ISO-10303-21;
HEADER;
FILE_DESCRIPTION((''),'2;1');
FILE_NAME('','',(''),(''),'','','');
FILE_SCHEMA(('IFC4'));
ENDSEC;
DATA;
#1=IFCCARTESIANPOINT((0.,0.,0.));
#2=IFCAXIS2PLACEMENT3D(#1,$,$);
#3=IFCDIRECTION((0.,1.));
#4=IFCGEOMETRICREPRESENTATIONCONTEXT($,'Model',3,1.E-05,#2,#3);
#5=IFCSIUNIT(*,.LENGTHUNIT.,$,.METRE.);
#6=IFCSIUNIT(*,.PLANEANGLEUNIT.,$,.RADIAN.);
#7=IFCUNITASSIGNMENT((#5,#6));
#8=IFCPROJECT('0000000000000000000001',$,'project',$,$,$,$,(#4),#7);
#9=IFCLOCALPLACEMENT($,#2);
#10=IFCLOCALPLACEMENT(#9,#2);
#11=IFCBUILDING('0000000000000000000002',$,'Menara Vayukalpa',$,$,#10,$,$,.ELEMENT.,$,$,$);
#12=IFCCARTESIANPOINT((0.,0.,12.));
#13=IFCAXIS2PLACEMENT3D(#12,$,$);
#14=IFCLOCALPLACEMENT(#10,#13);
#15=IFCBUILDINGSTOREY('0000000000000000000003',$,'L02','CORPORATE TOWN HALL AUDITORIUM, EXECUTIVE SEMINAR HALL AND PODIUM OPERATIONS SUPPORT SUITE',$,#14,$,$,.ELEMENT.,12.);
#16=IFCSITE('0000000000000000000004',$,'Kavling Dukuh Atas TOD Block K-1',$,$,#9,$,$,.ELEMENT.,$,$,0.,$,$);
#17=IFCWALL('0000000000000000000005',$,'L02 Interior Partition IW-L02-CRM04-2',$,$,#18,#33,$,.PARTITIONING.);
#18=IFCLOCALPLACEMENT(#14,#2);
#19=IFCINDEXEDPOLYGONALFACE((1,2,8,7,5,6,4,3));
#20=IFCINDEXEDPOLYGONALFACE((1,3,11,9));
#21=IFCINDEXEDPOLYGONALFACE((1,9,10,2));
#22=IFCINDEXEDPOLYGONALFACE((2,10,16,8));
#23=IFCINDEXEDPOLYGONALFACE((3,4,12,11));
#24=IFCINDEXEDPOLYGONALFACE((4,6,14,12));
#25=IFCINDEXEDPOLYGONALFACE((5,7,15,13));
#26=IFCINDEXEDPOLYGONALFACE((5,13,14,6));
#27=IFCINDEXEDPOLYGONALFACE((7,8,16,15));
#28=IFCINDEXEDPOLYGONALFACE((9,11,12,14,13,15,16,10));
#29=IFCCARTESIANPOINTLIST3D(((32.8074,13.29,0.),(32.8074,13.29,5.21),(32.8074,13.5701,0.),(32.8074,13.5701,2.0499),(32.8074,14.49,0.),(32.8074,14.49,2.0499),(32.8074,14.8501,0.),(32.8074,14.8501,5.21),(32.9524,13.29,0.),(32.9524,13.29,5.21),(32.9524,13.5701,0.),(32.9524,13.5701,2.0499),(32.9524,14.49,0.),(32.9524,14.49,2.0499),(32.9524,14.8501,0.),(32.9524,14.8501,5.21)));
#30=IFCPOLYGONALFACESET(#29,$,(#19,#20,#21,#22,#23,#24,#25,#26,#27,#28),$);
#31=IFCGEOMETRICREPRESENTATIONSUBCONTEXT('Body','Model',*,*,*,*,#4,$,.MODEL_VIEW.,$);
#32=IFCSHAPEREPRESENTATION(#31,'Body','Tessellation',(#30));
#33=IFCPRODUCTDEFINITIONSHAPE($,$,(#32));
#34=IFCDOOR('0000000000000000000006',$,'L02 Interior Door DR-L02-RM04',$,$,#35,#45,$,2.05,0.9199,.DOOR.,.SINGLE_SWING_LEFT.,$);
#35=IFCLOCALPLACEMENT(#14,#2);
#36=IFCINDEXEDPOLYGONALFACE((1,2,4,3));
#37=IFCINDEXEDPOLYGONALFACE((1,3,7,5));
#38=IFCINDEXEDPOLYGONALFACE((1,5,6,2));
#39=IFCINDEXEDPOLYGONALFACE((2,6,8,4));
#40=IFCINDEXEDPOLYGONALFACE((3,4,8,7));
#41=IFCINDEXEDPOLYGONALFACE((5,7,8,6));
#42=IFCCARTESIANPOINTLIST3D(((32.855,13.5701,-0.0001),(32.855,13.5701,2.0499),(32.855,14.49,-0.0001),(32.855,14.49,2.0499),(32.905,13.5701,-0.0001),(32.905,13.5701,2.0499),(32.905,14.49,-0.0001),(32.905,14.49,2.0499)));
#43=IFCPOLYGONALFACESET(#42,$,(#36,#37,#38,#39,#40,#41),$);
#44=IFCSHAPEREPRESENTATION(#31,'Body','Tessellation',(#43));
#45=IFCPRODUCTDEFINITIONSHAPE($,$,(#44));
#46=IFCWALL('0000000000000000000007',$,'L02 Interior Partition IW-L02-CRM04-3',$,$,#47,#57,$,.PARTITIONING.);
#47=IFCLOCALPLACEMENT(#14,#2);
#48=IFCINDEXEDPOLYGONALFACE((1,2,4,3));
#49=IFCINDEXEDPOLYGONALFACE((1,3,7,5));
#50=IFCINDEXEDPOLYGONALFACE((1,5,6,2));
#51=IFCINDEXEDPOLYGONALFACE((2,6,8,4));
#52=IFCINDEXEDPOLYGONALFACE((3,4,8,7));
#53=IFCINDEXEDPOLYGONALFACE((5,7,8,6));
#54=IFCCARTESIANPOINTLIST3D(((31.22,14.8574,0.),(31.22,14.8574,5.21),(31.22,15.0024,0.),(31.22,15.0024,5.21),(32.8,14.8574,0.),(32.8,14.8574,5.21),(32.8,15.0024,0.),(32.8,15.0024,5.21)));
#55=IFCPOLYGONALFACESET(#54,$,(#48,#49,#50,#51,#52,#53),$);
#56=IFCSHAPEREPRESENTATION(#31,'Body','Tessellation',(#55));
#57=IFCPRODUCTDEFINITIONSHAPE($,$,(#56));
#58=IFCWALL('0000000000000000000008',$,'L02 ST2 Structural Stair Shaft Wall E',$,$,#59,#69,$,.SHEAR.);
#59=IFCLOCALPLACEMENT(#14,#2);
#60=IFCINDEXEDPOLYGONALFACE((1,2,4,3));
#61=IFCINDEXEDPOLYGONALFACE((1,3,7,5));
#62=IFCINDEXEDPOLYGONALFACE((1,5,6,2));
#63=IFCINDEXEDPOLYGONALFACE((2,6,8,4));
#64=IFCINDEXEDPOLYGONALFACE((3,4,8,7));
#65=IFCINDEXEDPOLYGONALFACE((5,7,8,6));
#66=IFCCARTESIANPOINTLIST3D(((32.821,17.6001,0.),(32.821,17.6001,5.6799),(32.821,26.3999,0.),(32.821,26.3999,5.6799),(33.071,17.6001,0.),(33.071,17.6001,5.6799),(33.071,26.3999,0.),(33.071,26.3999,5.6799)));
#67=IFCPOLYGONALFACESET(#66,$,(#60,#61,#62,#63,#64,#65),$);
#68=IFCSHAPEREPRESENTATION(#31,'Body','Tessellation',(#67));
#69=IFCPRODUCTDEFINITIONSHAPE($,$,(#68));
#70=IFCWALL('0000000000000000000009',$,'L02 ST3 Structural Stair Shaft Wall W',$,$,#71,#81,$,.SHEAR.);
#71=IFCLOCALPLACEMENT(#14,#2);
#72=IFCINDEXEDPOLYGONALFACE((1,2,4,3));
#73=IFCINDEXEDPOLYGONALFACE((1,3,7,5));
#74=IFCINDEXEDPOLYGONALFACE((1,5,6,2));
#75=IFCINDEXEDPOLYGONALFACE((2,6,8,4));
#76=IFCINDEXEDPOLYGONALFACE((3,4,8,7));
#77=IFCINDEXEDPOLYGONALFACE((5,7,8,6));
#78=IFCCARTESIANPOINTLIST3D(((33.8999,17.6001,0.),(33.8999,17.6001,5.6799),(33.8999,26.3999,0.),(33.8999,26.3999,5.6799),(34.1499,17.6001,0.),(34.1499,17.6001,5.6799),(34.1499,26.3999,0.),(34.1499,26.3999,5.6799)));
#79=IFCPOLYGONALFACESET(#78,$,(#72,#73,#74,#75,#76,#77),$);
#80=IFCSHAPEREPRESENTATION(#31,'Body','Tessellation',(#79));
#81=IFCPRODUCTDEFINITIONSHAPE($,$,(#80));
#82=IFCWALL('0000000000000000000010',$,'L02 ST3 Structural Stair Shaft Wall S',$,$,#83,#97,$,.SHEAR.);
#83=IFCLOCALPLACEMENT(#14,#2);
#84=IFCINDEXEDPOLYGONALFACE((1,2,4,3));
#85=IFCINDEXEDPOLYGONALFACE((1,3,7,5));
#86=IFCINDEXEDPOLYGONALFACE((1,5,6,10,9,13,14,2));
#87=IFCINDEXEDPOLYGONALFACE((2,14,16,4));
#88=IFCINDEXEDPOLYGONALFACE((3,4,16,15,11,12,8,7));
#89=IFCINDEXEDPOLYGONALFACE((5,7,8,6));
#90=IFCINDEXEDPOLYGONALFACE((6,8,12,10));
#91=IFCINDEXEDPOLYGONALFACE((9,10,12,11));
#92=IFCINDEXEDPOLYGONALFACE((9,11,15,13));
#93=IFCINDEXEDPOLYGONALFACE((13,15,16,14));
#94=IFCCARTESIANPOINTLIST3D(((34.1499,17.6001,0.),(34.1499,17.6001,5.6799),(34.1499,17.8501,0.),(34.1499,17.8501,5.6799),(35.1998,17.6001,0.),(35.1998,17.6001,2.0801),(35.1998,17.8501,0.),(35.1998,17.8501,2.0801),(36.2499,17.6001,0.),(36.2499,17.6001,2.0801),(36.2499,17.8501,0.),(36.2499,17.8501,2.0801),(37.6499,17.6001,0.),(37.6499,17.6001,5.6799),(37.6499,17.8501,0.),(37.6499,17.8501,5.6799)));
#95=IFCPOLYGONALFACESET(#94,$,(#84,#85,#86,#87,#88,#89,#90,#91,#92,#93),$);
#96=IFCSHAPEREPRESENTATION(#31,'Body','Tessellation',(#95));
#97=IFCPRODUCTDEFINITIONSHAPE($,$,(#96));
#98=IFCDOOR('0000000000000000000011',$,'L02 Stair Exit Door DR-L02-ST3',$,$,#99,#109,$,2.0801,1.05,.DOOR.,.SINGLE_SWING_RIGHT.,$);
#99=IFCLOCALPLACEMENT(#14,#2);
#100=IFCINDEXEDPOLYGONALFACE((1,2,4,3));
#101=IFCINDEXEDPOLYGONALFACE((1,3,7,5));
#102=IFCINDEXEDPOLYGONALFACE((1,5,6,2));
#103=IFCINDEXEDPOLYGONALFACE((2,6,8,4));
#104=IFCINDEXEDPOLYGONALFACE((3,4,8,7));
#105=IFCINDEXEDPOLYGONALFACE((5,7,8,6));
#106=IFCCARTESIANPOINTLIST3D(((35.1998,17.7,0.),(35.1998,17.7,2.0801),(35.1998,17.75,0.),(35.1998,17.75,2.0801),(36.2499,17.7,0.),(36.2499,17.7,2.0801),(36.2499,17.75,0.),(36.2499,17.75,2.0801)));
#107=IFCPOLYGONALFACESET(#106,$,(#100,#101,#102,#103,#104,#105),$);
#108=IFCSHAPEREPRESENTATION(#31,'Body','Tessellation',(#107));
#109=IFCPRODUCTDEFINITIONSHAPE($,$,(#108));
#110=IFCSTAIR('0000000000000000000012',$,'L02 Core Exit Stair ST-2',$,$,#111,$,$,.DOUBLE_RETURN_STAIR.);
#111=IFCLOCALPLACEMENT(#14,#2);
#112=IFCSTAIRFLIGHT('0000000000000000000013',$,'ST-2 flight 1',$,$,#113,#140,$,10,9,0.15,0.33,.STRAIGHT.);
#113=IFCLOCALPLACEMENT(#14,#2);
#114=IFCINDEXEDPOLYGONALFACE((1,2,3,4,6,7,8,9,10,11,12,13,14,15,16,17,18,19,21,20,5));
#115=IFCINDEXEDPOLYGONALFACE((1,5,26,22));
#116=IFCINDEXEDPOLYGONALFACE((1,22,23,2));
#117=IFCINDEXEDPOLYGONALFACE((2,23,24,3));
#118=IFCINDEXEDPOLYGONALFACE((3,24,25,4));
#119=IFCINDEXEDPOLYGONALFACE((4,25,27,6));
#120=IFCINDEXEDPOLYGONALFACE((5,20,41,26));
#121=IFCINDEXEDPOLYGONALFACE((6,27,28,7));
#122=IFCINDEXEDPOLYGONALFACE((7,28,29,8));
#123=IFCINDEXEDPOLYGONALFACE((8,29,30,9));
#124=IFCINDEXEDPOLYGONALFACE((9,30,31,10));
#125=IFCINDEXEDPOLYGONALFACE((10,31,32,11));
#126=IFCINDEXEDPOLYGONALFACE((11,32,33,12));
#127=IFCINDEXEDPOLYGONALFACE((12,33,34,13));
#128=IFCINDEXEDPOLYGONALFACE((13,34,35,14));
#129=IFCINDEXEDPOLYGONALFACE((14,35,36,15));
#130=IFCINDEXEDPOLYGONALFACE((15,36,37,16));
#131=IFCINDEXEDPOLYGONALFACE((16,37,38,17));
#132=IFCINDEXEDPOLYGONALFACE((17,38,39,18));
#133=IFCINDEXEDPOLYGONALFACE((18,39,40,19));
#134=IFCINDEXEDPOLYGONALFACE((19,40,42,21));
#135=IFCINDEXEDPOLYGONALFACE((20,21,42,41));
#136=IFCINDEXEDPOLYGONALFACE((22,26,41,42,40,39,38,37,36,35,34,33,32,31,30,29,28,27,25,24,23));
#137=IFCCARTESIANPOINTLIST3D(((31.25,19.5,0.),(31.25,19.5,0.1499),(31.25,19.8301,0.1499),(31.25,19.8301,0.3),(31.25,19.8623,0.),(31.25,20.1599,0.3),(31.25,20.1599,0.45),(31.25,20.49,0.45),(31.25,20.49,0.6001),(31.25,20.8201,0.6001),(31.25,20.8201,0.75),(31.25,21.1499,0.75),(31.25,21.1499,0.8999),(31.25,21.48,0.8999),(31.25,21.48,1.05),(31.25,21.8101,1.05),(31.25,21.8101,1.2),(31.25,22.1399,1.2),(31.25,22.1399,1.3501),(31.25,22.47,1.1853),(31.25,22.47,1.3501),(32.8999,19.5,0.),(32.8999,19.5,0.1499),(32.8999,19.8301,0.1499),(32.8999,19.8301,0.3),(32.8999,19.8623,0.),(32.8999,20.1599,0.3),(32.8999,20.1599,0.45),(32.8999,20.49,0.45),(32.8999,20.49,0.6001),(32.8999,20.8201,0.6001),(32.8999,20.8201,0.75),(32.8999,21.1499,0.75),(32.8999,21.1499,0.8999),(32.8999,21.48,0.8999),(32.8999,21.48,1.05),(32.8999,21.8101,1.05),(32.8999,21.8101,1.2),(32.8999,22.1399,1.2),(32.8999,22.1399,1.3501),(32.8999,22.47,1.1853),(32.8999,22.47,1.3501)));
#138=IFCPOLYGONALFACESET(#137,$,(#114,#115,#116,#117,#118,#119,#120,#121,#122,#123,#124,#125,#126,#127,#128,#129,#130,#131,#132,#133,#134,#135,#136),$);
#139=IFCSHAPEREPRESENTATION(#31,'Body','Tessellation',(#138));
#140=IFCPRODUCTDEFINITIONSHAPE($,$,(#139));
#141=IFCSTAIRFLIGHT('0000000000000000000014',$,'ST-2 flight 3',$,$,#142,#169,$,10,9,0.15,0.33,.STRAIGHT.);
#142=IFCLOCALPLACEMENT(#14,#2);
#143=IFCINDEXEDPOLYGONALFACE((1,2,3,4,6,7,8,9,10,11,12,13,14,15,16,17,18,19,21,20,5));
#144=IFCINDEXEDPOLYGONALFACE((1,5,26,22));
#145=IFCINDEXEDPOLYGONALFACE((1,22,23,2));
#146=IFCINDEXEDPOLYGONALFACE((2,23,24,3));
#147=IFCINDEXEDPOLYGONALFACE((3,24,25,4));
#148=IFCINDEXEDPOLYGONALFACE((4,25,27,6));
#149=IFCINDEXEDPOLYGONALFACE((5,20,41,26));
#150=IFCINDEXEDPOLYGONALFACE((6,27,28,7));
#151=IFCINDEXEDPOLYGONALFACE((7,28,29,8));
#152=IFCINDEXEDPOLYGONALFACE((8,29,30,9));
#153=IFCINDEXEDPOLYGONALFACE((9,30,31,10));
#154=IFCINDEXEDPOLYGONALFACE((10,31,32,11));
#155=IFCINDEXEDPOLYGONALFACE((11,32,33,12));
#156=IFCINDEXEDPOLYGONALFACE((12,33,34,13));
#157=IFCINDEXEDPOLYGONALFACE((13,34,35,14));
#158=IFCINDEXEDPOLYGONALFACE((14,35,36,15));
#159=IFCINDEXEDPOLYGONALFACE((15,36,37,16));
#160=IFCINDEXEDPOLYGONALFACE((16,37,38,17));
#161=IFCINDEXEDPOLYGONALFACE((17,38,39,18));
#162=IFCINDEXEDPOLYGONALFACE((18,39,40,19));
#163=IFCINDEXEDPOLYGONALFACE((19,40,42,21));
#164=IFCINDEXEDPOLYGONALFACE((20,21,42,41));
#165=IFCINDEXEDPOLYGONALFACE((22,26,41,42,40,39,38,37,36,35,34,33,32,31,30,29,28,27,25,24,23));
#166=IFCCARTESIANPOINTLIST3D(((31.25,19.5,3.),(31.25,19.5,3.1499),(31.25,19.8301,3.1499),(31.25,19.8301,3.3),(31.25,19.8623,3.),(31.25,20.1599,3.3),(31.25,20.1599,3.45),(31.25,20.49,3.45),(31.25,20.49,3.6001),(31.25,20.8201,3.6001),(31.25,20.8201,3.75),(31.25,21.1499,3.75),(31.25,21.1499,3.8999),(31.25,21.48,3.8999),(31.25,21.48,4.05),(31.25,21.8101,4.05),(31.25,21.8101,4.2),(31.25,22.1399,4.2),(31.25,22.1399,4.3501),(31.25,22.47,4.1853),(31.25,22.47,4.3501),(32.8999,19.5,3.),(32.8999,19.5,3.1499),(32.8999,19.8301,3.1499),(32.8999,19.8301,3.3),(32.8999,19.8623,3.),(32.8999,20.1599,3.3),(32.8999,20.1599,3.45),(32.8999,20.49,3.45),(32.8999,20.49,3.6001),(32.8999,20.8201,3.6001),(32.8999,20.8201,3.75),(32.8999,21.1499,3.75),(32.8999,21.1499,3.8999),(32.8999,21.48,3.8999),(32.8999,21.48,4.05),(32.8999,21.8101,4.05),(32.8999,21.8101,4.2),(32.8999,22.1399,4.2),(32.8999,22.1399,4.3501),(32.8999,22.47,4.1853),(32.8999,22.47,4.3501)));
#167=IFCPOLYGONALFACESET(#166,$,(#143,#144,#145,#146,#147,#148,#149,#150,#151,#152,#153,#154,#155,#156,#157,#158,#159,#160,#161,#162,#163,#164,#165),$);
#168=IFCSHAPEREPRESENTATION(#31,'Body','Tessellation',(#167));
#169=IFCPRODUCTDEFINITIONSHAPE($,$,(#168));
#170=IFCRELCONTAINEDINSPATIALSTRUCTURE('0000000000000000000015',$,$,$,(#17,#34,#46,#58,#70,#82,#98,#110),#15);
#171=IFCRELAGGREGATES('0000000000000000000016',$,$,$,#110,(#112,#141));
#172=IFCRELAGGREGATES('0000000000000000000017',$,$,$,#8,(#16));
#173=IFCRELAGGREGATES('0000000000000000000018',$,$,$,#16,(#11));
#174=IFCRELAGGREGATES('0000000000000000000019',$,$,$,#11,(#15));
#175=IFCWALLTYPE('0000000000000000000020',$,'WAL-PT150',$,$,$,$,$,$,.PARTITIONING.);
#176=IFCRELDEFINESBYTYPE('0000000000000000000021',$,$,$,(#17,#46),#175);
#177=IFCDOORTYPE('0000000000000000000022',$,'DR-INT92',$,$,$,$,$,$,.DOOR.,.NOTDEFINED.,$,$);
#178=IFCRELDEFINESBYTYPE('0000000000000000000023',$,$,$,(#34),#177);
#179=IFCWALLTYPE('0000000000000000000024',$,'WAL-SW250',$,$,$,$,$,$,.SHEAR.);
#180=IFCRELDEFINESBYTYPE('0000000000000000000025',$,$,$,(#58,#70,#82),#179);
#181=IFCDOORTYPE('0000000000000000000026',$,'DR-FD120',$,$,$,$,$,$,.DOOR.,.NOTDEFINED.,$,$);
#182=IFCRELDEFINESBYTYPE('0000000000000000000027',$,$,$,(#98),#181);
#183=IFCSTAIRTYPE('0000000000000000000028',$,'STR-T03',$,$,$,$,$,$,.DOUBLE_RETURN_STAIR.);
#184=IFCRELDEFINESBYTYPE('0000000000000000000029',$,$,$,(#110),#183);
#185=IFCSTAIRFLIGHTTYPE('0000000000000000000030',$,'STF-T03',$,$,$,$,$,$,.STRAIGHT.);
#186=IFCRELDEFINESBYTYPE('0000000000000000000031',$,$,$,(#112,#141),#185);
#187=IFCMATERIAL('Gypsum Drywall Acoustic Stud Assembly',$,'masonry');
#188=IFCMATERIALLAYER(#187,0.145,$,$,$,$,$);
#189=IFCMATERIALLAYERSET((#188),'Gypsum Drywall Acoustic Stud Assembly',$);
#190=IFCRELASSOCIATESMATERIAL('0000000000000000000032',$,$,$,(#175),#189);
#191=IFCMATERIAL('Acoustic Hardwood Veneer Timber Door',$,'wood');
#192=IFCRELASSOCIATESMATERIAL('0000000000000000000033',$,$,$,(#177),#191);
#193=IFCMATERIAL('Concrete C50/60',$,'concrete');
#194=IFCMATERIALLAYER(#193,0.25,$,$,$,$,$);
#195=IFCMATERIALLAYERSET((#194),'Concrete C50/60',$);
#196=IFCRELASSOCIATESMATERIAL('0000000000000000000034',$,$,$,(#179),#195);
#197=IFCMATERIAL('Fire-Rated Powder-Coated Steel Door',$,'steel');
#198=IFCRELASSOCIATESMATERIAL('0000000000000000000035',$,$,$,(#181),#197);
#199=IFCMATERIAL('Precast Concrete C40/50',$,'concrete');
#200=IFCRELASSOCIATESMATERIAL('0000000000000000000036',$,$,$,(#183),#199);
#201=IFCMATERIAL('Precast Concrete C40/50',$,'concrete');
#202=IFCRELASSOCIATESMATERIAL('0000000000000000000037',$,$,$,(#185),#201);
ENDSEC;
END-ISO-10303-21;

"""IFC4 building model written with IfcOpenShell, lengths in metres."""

from ifc_helpers import new_model, si_unit, direction, frame, frame_2d, origin, place, context, subcontext, project, spatial, polyline, rectangle, outline, extrude, material, layer, layer_set, type_object, element, fill, aggregate, save


model = new_model("IFC4")

# Units and contexts
model_context = context("Model", 3, precision=1e-05, world=origin(), true_north=direction((0.0, 1.0)))
body_context = subcontext(model_context, "Body", "Model", "MODEL_VIEW")
ifc_project = project(units=[si_unit("LENGTHUNIT", "METRE"), si_unit("PLANEANGLEUNIT", "RADIAN")], contexts=[model_context])

# Site, building, storey
site_placement = place(None, origin())
site = spatial("IfcSite", under=ifc_project, at=site_placement, Name="Kavling Dukuh Atas TOD Block K-1", CompositionType="ELEMENT", RefElevation=0.0)
building_placement = place(site_placement, origin())
building = spatial("IfcBuilding", under=site, at=building_placement, Name="Menara Vayukalpa", CompositionType="ELEMENT")
storey_placement = place(building_placement, frame((0.0, 0.0, 12.0)))
storey = spatial("IfcBuildingStorey", under=building, at=storey_placement, Name="L02", Description="CORPORATE TOWN HALL AUDITORIUM, EXECUTIVE SEMINAR HALL AND PODIUM OPERATIONS SUPPORT SUITE", CompositionType="ELEMENT", Elevation=12.0)

# Shared definitions
ifc_material_1 = material(Name="Gypsum Drywall Acoustic Stud Assembly", Category="masonry")
ifc_layer_1 = layer(ifc_material_1, 0.145)
ifc_layer_set_1 = layer_set([ifc_layer_1], Name="Gypsum Drywall Acoustic Stud Assembly")
wall_type_1 = type_object("IfcWallType", Name="WAL-PT150", PredefinedType="PARTITIONING", material=ifc_layer_set_1)

# Wall, opening, door
wall_1_placement = place(storey_placement, frame((32.8799, 13.29, 0.0), z_axis=(0.0, 0.0, 1.0), x_axis=(0.0, 1.0, 0.0)))
wall_1 = element("IfcWall", 1, at=wall_1_placement, inside=storey, type_object=wall_type_1, Name="L02 Interior Partition IW-L02-CRM04-2", PredefinedType="PARTITIONING", context=body_context, shape_type="SweptSolid", body=[
    extrude(rectangle(XDim=1.5601, YDim=0.145, at=frame_2d((0.78, 0.0))), origin(), (0.0, 0.0, 1.0), 5.21),
])
opening_1_placement = place(wall_1_placement, frame((0.28, 0.0, 0.0)))
opening_1 = element("IfcOpeningElement", 2, at=opening_1_placement, cuts=wall_1, PredefinedType="OPENING", context=body_context, shape_type="SweptSolid", body=[
    extrude(rectangle(XDim=0.9199, YDim=2.05, at=frame_2d((0.46, 1.0249))), frame((0.0, 0.0825, 0.0), z_axis=(0.0, -1.0, 0.0), x_axis=(1.0, 0.0, 0.0)), (0.0, 0.0, 1.0), 0.165),
])
ifc_material_2 = material(Name="Acoustic Hardwood Veneer Timber Door", Category="wood")
door_type_1 = type_object("IfcDoorType", Name="DR-INT92", OperationType="NOTDEFINED", PredefinedType="DOOR", material=ifc_material_2)
door_1_placement = place(opening_1_placement, origin())
door_1 = element("IfcDoor", 3, at=door_1_placement, inside=storey, type_object=door_type_1, Name="L02 Interior Door DR-L02-RM04", OperationType="SINGLE_SWING_LEFT", OverallHeight=2.05, OverallWidth=0.9199, PredefinedType="DOOR", context=body_context, shape_type="SweptSolid", body=[
    extrude(rectangle(XDim=0.9199, YDim=2.05, at=frame_2d((0.46, 1.0249))), frame((0.0, 0.0249, 0.0), z_axis=(0.0, -1.0, 0.0), x_axis=(1.0, 0.0, 0.0)), (0.0, 0.0, 1.0), 0.05),
])
fill(opening_1, door_1)

# Walls
wall_2_placement = place(storey_placement, frame((32.8, 14.9299, 0.0), z_axis=(0.0, 0.0, 1.0), x_axis=(-1.0, 0.0, 0.0)))
element("IfcWall", 4, at=wall_2_placement, inside=storey, type_object=wall_type_1, Name="L02 Interior Partition IW-L02-CRM04-3", PredefinedType="PARTITIONING", context=body_context, shape_type="SweptSolid", body=[
    extrude(rectangle(XDim=1.5801, YDim=0.145, at=frame_2d((0.79, 0.0))), origin(), (0.0, 0.0, 1.0), 5.21),
])
ifc_material_3 = material(Name="Concrete C50/60", Category="concrete")
ifc_layer_2 = layer(ifc_material_3, 0.25)
ifc_layer_set_2 = layer_set([ifc_layer_2], Name="Concrete C50/60")
wall_type_2 = type_object("IfcWallType", Name="WAL-SW250", PredefinedType="SHEAR", material=ifc_layer_set_2)
for number, where, z_axis, x_axis, name in (
    (5, (32.946, 17.6001, 0.0), (0.0, 0.0, 1.0), (0.0, 1.0, 0.0), "L02 ST2 Structural Stair Shaft Wall E"),
    (6, (34.0249, 17.6001, 0.0), (0.0, 0.0, 1.0), (0.0, 1.0, 0.0), "L02 ST3 Structural Stair Shaft Wall W"),
):
    element("IfcWall", number, at=place(storey_placement, frame(where, z_axis=z_axis, x_axis=x_axis)), inside=storey, type_object=wall_type_2, Name=name, PredefinedType="SHEAR", context=body_context, shape_type="SweptSolid", body=[
        extrude(rectangle(XDim=8.7998, YDim=0.25, at=frame_2d((4.3999, 0.0))), origin(), (0.0, 0.0, 1.0), 5.6799),
    ])

# Wall, opening, door
wall_3_placement = place(storey_placement, frame((34.1499, 17.7251, 0.0), z_axis=(0.0, 0.0, 1.0), x_axis=(1.0, 0.0, 0.0)))
wall_3 = element("IfcWall", 7, at=wall_3_placement, inside=storey, type_object=wall_type_2, Name="L02 ST3 Structural Stair Shaft Wall S", PredefinedType="SHEAR", context=body_context, shape_type="SweptSolid", body=[
    extrude(rectangle(XDim=3.5, YDim=0.25, at=frame_2d((1.75, 0.0))), origin(), (0.0, 0.0, 1.0), 5.6799),
])
opening_2_placement = place(wall_3_placement, frame((1.05, 0.0, 0.0)))
opening_2 = element("IfcOpeningElement", 8, at=opening_2_placement, cuts=wall_3, PredefinedType="OPENING", context=body_context, shape_type="SweptSolid", body=[
    extrude(rectangle(XDim=1.05, YDim=2.0801, at=frame_2d((0.5249, 1.04))), frame((0.0, 0.135, 0.0), z_axis=(0.0, -1.0, 0.0), x_axis=(1.0, 0.0, 0.0)), (0.0, 0.0, 1.0), 0.27),
])
ifc_material_4 = material(Name="Fire-Rated Powder-Coated Steel Door", Category="steel")
door_type_2 = type_object("IfcDoorType", Name="DR-FD120", OperationType="NOTDEFINED", PredefinedType="DOOR", material=ifc_material_4)
door_2_placement = place(opening_2_placement, origin())
door_2 = element("IfcDoor", 9, at=door_2_placement, inside=storey, type_object=door_type_2, Name="L02 Stair Exit Door DR-L02-ST3", OperationType="SINGLE_SWING_RIGHT", OverallHeight=2.0801, OverallWidth=1.05, PredefinedType="DOOR", context=body_context, shape_type="SweptSolid", body=[
    extrude(rectangle(XDim=1.05, YDim=2.0801, at=frame_2d((0.5249, 1.04))), frame((0.0, 0.0249, 0.0), z_axis=(0.0, -1.0, 0.0), x_axis=(1.0, 0.0, 0.0)), (0.0, 0.0, 1.0), 0.05),
])
fill(opening_2, door_2)

# Stair, stair flights
ifc_material_5 = material(Name="Precast Concrete C40/50", Category="concrete")
stair_type = type_object("IfcStairType", Name="STR-T03", PredefinedType="DOUBLE_RETURN_STAIR", material=ifc_material_5)
stair_placement = place(storey_placement, origin())
stair = element("IfcStair", 10, at=stair_placement, inside=storey, type_object=stair_type, Name="L02 Core Exit Stair ST-2", PredefinedType="DOUBLE_RETURN_STAIR")
ifc_material_6 = material(Name="Precast Concrete C40/50", Category="concrete")
stair_flight_type = type_object("IfcStairFlightType", Name="STF-T03", PredefinedType="STRAIGHT", material=ifc_material_6)
stair_flight_1_placement = place(storey_placement, frame((32.075, 19.5, 0.0), z_axis=(0.0, 0.0, 1.0), x_axis=(0.0, 1.0, 0.0)))
stair_flight_1 = element("IfcStairFlight", 11, at=stair_flight_1_placement, type_object=stair_flight_type, Name="ST-2 flight 1", NumberOfRisers=10, NumberOfTreads=9, PredefinedType="STRAIGHT", RiserHeight=0.15, TreadLength=0.33, context=body_context, shape_type="SweptSolid", body=[
    extrude(outline(polyline([(0.0, 0.0), (0.0, 0.1499), (0.3301, 0.1499), (0.3301, 0.3), (0.6599, 0.3), (0.6599, 0.45), (0.99, 0.45), (0.99, 0.6001), (1.3201, 0.6001), (1.3201, 0.75), (1.6499, 0.75), (1.6499, 0.8999), (1.98, 0.8999), (1.98, 1.05), (2.3101, 1.05), (2.3101, 1.2), (2.6399, 1.2), (2.6399, 1.3501), (2.97, 1.3501), (2.97, 1.5), (2.97, 1.1853), (0.3623, 0.0), (0.0, 0.0)])), frame((0.0, 0.825, 0.0), z_axis=(0.0, -1.0, 0.0), x_axis=(1.0, 0.0, 0.0)), (0.0, 0.0, 1.0), 1.6499),
])
stair_flight_2_placement = place(storey_placement, frame((32.075, 19.5, 3.0), z_axis=(0.0, 0.0, 1.0), x_axis=(0.0, 1.0, 0.0)))
stair_flight_2 = element("IfcStairFlight", 12, at=stair_flight_2_placement, type_object=stair_flight_type, Name="ST-2 flight 3", NumberOfRisers=10, NumberOfTreads=9, PredefinedType="STRAIGHT", RiserHeight=0.15, TreadLength=0.33, context=body_context, shape_type="SweptSolid", body=[
    extrude(outline(polyline([(0.0, 0.0), (0.0, 0.1499), (0.3301, 0.1499), (0.3301, 0.3), (0.6599, 0.3), (0.6599, 0.45), (0.99, 0.45), (0.99, 0.6001), (1.3201, 0.6001), (1.3201, 0.75), (1.6499, 0.75), (1.6499, 0.8999), (1.98, 0.8999), (1.98, 1.05), (2.3101, 1.05), (2.3101, 1.2), (2.6399, 1.2), (2.6399, 1.3501), (2.97, 1.3501), (2.97, 1.5), (2.97, 1.1853), (0.3623, 0.0), (0.0, 0.0)])), frame((0.0, 0.825, 0.0), z_axis=(0.0, -1.0, 0.0), x_axis=(1.0, 0.0, 0.0)), (0.0, 0.0, 1.0), 1.6499),
])
aggregate(stair, [stair_flight_1, stair_flight_2])

save(model, "model.ifc")
